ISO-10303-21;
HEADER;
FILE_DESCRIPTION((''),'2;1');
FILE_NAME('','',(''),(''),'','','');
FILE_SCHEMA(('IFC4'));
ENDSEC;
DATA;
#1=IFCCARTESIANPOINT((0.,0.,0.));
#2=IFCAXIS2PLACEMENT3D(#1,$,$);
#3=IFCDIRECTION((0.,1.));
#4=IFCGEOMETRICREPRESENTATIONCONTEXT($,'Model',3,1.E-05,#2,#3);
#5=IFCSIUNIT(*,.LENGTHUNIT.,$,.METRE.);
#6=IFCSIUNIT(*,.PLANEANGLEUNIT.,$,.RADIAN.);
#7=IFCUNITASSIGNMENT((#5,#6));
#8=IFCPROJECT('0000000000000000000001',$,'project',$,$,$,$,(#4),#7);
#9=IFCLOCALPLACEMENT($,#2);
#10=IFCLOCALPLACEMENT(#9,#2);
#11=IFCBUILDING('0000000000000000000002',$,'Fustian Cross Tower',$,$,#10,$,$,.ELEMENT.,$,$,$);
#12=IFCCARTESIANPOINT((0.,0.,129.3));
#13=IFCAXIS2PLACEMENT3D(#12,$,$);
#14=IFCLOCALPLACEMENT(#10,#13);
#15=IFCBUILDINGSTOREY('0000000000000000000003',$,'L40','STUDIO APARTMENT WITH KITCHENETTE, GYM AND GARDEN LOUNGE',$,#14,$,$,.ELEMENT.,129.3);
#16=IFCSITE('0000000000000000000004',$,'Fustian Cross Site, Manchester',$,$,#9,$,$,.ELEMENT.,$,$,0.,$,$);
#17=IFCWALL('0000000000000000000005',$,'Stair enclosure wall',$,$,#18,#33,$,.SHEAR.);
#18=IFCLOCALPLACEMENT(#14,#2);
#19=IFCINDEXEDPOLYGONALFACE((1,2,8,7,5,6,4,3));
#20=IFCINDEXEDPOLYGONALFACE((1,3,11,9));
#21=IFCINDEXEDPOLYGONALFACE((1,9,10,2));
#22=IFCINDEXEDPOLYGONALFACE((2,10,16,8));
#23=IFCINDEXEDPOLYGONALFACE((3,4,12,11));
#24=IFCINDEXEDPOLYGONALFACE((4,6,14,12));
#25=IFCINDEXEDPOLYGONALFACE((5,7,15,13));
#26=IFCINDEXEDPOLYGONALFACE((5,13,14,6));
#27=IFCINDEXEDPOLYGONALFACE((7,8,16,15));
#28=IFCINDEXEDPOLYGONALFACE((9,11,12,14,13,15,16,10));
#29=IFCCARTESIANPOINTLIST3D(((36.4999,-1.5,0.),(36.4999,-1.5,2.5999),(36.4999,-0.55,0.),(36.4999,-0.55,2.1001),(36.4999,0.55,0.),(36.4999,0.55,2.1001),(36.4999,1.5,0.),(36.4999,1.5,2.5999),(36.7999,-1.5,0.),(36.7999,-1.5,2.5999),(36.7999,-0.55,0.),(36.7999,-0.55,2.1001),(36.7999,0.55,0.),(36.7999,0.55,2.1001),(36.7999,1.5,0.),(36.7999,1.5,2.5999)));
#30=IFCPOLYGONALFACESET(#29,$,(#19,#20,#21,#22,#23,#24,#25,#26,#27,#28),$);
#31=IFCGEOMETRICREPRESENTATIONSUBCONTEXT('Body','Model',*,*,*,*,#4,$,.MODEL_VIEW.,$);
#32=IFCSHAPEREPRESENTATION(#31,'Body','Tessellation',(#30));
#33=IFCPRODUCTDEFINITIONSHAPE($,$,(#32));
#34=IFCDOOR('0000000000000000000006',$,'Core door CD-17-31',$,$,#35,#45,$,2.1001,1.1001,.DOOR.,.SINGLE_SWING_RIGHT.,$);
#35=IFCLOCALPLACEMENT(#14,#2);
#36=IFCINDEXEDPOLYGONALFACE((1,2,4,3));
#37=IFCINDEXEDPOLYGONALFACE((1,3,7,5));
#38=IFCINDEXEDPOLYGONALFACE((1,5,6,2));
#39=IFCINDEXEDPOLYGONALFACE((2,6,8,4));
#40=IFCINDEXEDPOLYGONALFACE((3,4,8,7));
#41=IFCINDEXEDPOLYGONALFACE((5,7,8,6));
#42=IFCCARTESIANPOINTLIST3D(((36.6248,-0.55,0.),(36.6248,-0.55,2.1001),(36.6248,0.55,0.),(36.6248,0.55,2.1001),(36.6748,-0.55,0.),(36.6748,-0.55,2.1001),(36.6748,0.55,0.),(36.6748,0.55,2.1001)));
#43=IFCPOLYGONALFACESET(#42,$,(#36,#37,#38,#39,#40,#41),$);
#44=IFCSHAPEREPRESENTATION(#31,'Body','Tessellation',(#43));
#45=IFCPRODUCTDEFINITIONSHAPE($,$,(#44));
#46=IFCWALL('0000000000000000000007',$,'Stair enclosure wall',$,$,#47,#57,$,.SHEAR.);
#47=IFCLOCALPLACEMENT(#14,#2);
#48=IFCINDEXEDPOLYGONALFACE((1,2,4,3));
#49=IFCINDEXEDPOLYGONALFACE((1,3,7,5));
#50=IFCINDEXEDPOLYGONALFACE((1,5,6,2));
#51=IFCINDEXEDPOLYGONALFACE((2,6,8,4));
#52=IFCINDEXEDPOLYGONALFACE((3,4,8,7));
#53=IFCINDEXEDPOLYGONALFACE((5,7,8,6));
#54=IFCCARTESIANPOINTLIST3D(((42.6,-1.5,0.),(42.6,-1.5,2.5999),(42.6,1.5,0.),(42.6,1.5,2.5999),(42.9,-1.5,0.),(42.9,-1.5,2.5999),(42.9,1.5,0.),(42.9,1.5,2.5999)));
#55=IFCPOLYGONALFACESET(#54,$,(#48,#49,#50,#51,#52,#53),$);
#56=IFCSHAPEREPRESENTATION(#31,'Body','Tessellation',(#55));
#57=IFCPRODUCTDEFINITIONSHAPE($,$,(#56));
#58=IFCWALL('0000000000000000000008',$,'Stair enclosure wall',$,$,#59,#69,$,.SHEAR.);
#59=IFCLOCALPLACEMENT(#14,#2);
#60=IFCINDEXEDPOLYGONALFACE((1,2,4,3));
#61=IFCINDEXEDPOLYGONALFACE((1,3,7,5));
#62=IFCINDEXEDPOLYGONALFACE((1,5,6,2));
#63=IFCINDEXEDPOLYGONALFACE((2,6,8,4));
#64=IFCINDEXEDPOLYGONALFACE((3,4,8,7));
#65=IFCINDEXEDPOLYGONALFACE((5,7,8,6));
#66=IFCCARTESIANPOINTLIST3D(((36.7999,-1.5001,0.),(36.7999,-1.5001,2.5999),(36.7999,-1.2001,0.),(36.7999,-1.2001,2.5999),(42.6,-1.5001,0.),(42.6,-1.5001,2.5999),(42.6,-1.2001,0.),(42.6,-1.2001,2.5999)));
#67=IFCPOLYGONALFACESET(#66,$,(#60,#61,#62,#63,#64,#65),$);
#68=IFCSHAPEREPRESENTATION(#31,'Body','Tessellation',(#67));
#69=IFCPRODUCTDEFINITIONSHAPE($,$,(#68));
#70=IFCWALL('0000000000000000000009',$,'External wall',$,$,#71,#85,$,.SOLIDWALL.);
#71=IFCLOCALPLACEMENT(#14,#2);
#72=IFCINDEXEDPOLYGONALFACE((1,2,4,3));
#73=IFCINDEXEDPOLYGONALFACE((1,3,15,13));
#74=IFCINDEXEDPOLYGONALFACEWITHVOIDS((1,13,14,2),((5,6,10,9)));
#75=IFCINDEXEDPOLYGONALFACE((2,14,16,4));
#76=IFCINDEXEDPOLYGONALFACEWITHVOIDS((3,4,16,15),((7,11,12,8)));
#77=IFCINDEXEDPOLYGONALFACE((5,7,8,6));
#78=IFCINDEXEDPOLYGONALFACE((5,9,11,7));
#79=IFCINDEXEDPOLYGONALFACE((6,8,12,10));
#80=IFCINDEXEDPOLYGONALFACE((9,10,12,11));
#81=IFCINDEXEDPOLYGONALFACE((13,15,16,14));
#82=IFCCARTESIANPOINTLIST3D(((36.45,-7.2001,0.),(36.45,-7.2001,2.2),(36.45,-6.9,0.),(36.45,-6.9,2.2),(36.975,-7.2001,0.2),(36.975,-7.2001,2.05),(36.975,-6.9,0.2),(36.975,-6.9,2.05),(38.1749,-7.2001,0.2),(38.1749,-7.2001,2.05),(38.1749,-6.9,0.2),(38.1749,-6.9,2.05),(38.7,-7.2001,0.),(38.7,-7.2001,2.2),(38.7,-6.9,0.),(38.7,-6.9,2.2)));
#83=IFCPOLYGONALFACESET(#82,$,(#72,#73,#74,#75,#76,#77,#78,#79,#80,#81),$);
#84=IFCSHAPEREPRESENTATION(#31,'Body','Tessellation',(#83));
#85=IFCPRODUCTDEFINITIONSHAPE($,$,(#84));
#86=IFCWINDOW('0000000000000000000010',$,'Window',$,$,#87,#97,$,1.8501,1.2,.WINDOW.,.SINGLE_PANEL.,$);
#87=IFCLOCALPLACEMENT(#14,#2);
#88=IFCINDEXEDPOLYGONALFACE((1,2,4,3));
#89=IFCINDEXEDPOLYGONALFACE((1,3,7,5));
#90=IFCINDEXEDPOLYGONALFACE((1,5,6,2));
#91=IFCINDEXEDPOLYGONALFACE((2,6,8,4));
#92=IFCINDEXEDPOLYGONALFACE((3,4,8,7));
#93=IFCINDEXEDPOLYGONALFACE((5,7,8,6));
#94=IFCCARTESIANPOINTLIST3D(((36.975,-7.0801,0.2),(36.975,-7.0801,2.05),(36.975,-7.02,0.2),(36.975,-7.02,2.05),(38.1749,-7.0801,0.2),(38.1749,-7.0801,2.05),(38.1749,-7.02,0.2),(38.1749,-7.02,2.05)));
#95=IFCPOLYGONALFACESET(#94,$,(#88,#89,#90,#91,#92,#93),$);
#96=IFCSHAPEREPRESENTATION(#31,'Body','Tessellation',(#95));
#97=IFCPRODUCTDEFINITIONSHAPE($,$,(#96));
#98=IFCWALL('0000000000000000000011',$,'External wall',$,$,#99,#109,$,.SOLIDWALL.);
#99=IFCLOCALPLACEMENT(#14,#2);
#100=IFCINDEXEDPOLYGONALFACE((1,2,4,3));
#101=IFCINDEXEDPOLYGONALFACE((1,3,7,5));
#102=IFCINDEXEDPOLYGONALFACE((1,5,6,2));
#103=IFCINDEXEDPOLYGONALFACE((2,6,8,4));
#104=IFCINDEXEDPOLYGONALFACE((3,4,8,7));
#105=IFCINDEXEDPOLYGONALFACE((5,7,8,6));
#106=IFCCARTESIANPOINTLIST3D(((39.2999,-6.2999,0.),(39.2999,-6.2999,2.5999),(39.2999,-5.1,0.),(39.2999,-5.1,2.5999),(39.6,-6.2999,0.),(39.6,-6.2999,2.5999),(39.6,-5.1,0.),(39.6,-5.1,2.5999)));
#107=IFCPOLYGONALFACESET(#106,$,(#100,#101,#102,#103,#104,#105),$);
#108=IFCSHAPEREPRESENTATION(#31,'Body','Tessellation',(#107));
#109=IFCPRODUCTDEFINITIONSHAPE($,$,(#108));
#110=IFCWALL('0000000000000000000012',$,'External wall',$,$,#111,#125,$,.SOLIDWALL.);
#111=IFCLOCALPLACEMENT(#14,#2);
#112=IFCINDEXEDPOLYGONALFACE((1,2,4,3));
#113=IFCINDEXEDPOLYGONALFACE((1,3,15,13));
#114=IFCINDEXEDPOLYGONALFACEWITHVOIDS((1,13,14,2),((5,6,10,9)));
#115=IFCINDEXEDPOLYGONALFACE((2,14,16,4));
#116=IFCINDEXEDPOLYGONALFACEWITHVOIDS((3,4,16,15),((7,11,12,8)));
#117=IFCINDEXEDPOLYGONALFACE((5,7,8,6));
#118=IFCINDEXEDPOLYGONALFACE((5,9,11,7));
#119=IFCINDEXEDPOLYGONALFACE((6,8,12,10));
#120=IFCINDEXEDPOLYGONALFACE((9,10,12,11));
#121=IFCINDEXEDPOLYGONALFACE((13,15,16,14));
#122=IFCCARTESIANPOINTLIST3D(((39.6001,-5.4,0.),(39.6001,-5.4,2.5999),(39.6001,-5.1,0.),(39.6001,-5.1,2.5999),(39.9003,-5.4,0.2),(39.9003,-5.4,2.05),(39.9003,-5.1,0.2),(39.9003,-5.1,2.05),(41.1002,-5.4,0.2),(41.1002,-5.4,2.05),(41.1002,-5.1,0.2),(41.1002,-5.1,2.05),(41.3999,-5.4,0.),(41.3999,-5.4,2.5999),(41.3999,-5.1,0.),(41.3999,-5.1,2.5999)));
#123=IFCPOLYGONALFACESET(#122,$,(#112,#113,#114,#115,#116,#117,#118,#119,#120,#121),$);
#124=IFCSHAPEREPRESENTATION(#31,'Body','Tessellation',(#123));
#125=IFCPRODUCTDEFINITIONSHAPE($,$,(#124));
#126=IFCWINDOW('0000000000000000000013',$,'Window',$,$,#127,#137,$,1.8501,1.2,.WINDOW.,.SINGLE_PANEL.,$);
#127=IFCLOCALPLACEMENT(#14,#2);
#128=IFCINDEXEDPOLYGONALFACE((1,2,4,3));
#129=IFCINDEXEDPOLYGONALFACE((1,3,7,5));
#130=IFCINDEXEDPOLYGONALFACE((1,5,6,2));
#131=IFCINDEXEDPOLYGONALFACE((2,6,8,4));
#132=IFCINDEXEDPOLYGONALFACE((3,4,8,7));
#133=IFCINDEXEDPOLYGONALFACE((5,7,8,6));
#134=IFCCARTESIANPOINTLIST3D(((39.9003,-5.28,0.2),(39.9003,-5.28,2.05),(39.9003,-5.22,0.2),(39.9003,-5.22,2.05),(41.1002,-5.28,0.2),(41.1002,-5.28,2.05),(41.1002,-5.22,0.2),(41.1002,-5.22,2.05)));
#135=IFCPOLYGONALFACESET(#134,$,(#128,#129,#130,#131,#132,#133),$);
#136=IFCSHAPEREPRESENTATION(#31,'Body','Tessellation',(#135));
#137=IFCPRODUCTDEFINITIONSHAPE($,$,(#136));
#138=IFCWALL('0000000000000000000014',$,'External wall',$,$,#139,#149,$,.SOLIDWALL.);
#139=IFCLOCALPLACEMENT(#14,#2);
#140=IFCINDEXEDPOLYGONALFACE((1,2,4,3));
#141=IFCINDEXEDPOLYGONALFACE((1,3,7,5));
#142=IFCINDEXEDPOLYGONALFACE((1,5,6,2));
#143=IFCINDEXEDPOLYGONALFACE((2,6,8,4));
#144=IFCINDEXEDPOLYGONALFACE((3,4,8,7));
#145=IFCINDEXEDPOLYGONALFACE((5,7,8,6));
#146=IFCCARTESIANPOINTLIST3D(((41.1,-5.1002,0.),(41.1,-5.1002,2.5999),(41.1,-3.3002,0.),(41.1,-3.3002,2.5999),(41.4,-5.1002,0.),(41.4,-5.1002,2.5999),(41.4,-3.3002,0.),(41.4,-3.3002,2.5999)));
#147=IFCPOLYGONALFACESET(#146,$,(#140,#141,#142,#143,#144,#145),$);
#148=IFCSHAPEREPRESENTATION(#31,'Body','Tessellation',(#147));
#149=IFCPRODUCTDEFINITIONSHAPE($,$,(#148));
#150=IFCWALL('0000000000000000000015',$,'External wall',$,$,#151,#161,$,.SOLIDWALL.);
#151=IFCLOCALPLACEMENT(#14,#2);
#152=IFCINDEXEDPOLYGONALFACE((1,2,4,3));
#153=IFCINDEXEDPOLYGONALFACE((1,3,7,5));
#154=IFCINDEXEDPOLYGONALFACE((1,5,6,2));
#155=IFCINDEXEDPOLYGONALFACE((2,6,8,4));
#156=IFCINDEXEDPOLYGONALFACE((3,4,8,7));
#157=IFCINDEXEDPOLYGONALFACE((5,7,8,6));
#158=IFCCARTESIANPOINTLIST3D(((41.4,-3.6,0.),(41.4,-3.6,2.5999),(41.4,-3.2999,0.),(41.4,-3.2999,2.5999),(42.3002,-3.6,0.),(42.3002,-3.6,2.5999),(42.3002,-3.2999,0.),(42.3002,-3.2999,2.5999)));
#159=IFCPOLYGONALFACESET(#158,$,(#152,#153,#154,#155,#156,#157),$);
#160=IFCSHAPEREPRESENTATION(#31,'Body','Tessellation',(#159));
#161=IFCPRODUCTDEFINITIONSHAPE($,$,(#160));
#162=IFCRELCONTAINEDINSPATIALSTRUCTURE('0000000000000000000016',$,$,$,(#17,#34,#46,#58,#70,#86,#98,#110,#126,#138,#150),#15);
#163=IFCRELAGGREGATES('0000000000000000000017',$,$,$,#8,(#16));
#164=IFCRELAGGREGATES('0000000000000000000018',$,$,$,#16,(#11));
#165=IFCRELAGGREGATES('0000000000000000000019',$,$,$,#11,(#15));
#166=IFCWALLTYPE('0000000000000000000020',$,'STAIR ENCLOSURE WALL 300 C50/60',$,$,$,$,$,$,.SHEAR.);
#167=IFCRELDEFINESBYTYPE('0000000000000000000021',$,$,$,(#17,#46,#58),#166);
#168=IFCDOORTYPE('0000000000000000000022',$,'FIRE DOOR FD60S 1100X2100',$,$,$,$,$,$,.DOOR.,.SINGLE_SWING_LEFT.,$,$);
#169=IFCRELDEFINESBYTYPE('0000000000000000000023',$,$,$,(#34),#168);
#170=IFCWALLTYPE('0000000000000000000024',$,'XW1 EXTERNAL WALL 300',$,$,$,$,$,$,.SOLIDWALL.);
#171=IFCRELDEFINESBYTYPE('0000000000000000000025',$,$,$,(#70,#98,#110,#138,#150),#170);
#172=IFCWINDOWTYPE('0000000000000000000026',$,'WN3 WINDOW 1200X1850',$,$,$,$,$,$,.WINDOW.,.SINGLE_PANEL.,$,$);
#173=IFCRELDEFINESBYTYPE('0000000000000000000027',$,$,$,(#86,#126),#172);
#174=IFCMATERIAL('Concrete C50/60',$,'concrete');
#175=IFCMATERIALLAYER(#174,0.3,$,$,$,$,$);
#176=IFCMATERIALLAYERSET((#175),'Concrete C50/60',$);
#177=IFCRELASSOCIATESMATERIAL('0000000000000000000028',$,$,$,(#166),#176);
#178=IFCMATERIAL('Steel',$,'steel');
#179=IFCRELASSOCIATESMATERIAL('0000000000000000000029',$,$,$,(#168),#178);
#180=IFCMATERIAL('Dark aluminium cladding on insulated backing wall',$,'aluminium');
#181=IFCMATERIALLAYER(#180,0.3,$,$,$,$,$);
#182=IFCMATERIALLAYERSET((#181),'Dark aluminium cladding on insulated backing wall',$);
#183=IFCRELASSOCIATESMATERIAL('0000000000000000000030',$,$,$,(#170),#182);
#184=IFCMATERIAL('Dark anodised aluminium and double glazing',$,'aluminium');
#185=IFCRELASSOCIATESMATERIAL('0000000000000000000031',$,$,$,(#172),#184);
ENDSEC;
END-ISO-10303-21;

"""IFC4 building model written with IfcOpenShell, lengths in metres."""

from ifc_helpers import new_model, si_unit, direction, frame, frame_2d, origin, place, context, subcontext, project, spatial, rectangle, extrude, material, layer, layer_set, type_object, element, fill, save


model = new_model("IFC4")

# Units and contexts
model_context = context("Model", 3, precision=1e-05, world=origin(), true_north=direction((0.0, 1.0)))
body_context = subcontext(model_context, "Body", "Model", "MODEL_VIEW")
ifc_project = project(units=[si_unit("LENGTHUNIT", "METRE"), si_unit("PLANEANGLEUNIT", "RADIAN")], contexts=[model_context])

# Site, building, storey
site_placement = place(None, origin())
site = spatial("IfcSite", under=ifc_project, at=site_placement, Name="Fustian Cross Site, Manchester", CompositionType="ELEMENT", RefElevation=0.0)
building_placement = place(site_placement, origin())
building = spatial("IfcBuilding", under=site, at=building_placement, Name="Fustian Cross Tower", CompositionType="ELEMENT")
storey_placement = place(building_placement, frame((0.0, 0.0, 129.3)))
storey = spatial("IfcBuildingStorey", under=building, at=storey_placement, Name="L40", Description="STUDIO APARTMENT WITH KITCHENETTE, GYM AND GARDEN LOUNGE", CompositionType="ELEMENT", Elevation=129.3)

# Wall, opening, door
ifc_material_1 = material(Name="Concrete C50/60", Category="concrete")
ifc_layer_1 = layer(ifc_material_1, 0.3)
ifc_layer_set_1 = layer_set([ifc_layer_1], Name="Concrete C50/60")
wall_type_1 = type_object("IfcWallType", Name="STAIR ENCLOSURE WALL 300 C50/60", PredefinedType="SHEAR", material=ifc_layer_set_1)
wall_1_placement = place(storey_placement, frame((36.6499, -1.5, 0.0), z_axis=(0.0, 0.0, 1.0), x_axis=(0.0, 1.0, 0.0)))
wall_1 = element("IfcWall", 1, at=wall_1_placement, inside=storey, type_object=wall_type_1, Name="Stair enclosure wall", PredefinedType="SHEAR", context=body_context, shape_type="SweptSolid", body=[
    extrude(rectangle(XDim=3.0, YDim=0.3, at=frame_2d((1.5, 0.0))), origin(), (0.0, 0.0, 1.0), 2.5999),
])
opening_1_placement = place(wall_1_placement, frame((0.95, 0.0, 0.0)))
opening_1 = element("IfcOpeningElement", 2, at=opening_1_placement, cuts=wall_1, PredefinedType="OPENING", context=body_context, shape_type="SweptSolid", body=[
    extrude(rectangle(XDim=1.1001, YDim=2.1001, at=frame_2d((0.55, 1.05))), frame((0.0, 0.1599, 0.0), z_axis=(0.0, -1.0, 0.0), x_axis=(1.0, 0.0, 0.0)), (0.0, 0.0, 1.0), 0.3201),
])
ifc_material_2 = material(Name="Steel", Category="steel")
door_type = type_object("IfcDoorType", Name="FIRE DOOR FD60S 1100X2100", OperationType="SINGLE_SWING_LEFT", PredefinedType="DOOR", material=ifc_material_2)
door_placement = place(opening_1_placement, frame((1.1001, 0.0, 0.0), z_axis=(0.0, 0.0, 1.0), x_axis=(-1.0, 0.0, 0.0)))
door = element("IfcDoor", 3, at=door_placement, inside=storey, type_object=door_type, Name="Core door CD-17-31", OperationType="SINGLE_SWING_RIGHT", OverallHeight=2.1001, OverallWidth=1.1001, PredefinedType="DOOR", context=body_context, shape_type="SweptSolid", body=[
    extrude(rectangle(XDim=1.1001, YDim=2.1001, at=frame_2d((0.55, 1.05))), frame((0.0, 0.0249, 0.0), z_axis=(0.0, -1.0, 0.0), x_axis=(1.0, 0.0, 0.0)), (0.0, 0.0, 1.0), 0.05),
])
fill(opening_1, door)

# Walls
wall_2_placement = place(storey_placement, frame((42.75, -1.5, 0.0), z_axis=(0.0, 0.0, 1.0), x_axis=(0.0, 1.0, 0.0)))
element("IfcWall", 4, at=wall_2_placement, inside=storey, type_object=wall_type_1, Name="Stair enclosure wall", PredefinedType="SHEAR", context=body_context, shape_type="SweptSolid", body=[
    extrude(rectangle(XDim=3.0, YDim=0.3, at=frame_2d((1.5, 0.0))), origin(), (0.0, 0.0, 1.0), 2.5999),
])
wall_3_placement = place(storey_placement, frame((36.8, -1.3501, 0.0), z_axis=(0.0, 0.0, 1.0), x_axis=(1.0, 0.0, 0.0)))
element("IfcWall", 5, at=wall_3_placement, inside=storey, type_object=wall_type_1, Name="Stair enclosure wall", PredefinedType="SHEAR", context=body_context, shape_type="SweptSolid", body=[
    extrude(rectangle(XDim=5.8, YDim=0.3, at=frame_2d((2.8999, 0.0))), origin(), (0.0, 0.0, 1.0), 2.5999),
])

# Wall, opening, window
ifc_material_3 = material(Name="Dark aluminium cladding on insulated backing wall", Category="aluminium")
ifc_layer_2 = layer(ifc_material_3, 0.3)
ifc_layer_set_2 = layer_set([ifc_layer_2], Name="Dark aluminium cladding on insulated backing wall")
wall_type_2 = type_object("IfcWallType", Name="XW1 EXTERNAL WALL 300", PredefinedType="SOLIDWALL", material=ifc_layer_set_2)
wall_4_placement = place(storey_placement, frame((36.45, -7.05, 0.0), z_axis=(0.0, 0.0, 1.0), x_axis=(1.0, 0.0, 0.0)))
wall_4 = element("IfcWall", 6, at=wall_4_placement, inside=storey, type_object=wall_type_2, Name="External wall", PredefinedType="SOLIDWALL", context=body_context, shape_type="SweptSolid", body=[
    extrude(rectangle(XDim=2.25, YDim=0.3, at=frame_2d((1.125, 0.0))), origin(), (0.0, 0.0, 1.0), 2.2),
])
opening_2_placement = place(wall_4_placement, frame((0.5249, 0.0, 0.2)))
opening_2 = element("IfcOpeningElement", 7, at=opening_2_placement, cuts=wall_4, PredefinedType="OPENING", context=body_context, shape_type="SweptSolid", body=[
    extrude(rectangle(XDim=1.2, YDim=1.8501, at=frame_2d((0.6001, 0.925))), frame((0.0, 0.1599, 0.0), z_axis=(0.0, -1.0, 0.0), x_axis=(1.0, 0.0, 0.0)), (0.0, 0.0, 1.0), 0.3201),
])
ifc_material_4 = material(Name="Dark anodised aluminium and double glazing", Category="aluminium")
window_type_1 = type_object("IfcWindowType", Name="WN3 WINDOW 1200X1850", PartitioningType="SINGLE_PANEL", PredefinedType="WINDOW", material=ifc_material_4)
window_1_placement = place(opening_2_placement, origin())
window_1 = element("IfcWindow", 8, at=window_1_placement, inside=storey, type_object=window_type_1, Name="Window", OverallHeight=1.8501, OverallWidth=1.2, PartitioningType="SINGLE_PANEL", PredefinedType="WINDOW", context=body_context, shape_type="SweptSolid", body=[
    extrude(rectangle(XDim=1.2, YDim=1.8501, at=frame_2d((0.6001, 0.925))), frame((0.0, 0.03, 0.0), z_axis=(0.0, -1.0, 0.0), x_axis=(1.0, 0.0, 0.0)), (0.0, 0.0, 1.0), 0.0601),
])
fill(opening_2, window_1)

# Wall
wall_5_placement = place(storey_placement, frame((39.45, -6.3, 0.0), z_axis=(0.0, 0.0, 1.0), x_axis=(0.0, 1.0, 0.0)))
element("IfcWall", 9, at=wall_5_placement, inside=storey, type_object=wall_type_2, Name="External wall", PredefinedType="SOLIDWALL", context=body_context, shape_type="SweptSolid", body=[
    extrude(rectangle(XDim=1.2, YDim=0.3, at=frame_2d((0.6001, 0.0))), origin(), (0.0, 0.0, 1.0), 2.5999),
])

# Wall, opening, window
wall_6_placement = place(storey_placement, frame((39.6001, -5.25, 0.0), z_axis=(0.0, 0.0, 1.0), x_axis=(1.0, 0.0, 0.0)))
wall_6 = element("IfcWall", 10, at=wall_6_placement, inside=storey, type_object=wall_type_2, Name="External wall", PredefinedType="SOLIDWALL", context=body_context, shape_type="SweptSolid", body=[
    extrude(rectangle(XDim=1.7998, YDim=0.3, at=frame_2d((0.8999, 0.0))), origin(), (0.0, 0.0, 1.0), 2.5999),
])
opening_3_placement = place(wall_6_placement, frame((0.3, 0.0, 0.2)))
opening_3 = element("IfcOpeningElement", 11, at=opening_3_placement, cuts=wall_6, PredefinedType="OPENING", context=body_context, shape_type="SweptSolid", body=[
    extrude(rectangle(XDim=1.2, YDim=1.8501, at=frame_2d((0.6001, 0.925))), frame((0.0, 0.1599, 0.0), z_axis=(0.0, -1.0, 0.0), x_axis=(1.0, 0.0, 0.0)), (0.0, 0.0, 1.0), 0.3201),
])
window_2_placement = place(opening_3_placement, origin())
window_2 = element("IfcWindow", 12, at=window_2_placement, inside=storey, type_object=window_type_1, Name="Window", OverallHeight=1.8501, OverallWidth=1.2, PartitioningType="SINGLE_PANEL", PredefinedType="WINDOW", context=body_context, shape_type="SweptSolid", body=[
    extrude(rectangle(XDim=1.2, YDim=1.8501, at=frame_2d((0.6001, 0.925))), frame((0.0, 0.03, 0.0), z_axis=(0.0, -1.0, 0.0), x_axis=(1.0, 0.0, 0.0)), (0.0, 0.0, 1.0), 0.0601),
])
fill(opening_3, window_2)

# Walls
wall_7_placement = place(storey_placement, frame((41.25, -5.1001, 0.0), z_axis=(0.0, 0.0, 1.0), x_axis=(0.0, 1.0, 0.0)))
element("IfcWall", 13, at=wall_7_placement, inside=storey, type_object=wall_type_2, Name="External wall", PredefinedType="SOLIDWALL", context=body_context, shape_type="SweptSolid", body=[
    extrude(rectangle(XDim=1.8, YDim=0.3, at=frame_2d((0.8999, 0.0))), origin(), (0.0, 0.0, 1.0), 2.5999),
])
wall_8_placement = place(storey_placement, frame((41.3999, -3.45, 0.0), z_axis=(0.0, 0.0, 1.0), x_axis=(1.0, 0.0, 0.0)))
element("IfcWall", 14, at=wall_8_placement, inside=storey, type_object=wall_type_2, Name="External wall", PredefinedType="SOLIDWALL", context=body_context, shape_type="SweptSolid", body=[
    extrude(rectangle(XDim=0.9001, YDim=0.3, at=frame_2d((0.4502, 0.0))), origin(), (0.0, 0.0, 1.0), 2.5999),
])

save(model, "model.ifc")
